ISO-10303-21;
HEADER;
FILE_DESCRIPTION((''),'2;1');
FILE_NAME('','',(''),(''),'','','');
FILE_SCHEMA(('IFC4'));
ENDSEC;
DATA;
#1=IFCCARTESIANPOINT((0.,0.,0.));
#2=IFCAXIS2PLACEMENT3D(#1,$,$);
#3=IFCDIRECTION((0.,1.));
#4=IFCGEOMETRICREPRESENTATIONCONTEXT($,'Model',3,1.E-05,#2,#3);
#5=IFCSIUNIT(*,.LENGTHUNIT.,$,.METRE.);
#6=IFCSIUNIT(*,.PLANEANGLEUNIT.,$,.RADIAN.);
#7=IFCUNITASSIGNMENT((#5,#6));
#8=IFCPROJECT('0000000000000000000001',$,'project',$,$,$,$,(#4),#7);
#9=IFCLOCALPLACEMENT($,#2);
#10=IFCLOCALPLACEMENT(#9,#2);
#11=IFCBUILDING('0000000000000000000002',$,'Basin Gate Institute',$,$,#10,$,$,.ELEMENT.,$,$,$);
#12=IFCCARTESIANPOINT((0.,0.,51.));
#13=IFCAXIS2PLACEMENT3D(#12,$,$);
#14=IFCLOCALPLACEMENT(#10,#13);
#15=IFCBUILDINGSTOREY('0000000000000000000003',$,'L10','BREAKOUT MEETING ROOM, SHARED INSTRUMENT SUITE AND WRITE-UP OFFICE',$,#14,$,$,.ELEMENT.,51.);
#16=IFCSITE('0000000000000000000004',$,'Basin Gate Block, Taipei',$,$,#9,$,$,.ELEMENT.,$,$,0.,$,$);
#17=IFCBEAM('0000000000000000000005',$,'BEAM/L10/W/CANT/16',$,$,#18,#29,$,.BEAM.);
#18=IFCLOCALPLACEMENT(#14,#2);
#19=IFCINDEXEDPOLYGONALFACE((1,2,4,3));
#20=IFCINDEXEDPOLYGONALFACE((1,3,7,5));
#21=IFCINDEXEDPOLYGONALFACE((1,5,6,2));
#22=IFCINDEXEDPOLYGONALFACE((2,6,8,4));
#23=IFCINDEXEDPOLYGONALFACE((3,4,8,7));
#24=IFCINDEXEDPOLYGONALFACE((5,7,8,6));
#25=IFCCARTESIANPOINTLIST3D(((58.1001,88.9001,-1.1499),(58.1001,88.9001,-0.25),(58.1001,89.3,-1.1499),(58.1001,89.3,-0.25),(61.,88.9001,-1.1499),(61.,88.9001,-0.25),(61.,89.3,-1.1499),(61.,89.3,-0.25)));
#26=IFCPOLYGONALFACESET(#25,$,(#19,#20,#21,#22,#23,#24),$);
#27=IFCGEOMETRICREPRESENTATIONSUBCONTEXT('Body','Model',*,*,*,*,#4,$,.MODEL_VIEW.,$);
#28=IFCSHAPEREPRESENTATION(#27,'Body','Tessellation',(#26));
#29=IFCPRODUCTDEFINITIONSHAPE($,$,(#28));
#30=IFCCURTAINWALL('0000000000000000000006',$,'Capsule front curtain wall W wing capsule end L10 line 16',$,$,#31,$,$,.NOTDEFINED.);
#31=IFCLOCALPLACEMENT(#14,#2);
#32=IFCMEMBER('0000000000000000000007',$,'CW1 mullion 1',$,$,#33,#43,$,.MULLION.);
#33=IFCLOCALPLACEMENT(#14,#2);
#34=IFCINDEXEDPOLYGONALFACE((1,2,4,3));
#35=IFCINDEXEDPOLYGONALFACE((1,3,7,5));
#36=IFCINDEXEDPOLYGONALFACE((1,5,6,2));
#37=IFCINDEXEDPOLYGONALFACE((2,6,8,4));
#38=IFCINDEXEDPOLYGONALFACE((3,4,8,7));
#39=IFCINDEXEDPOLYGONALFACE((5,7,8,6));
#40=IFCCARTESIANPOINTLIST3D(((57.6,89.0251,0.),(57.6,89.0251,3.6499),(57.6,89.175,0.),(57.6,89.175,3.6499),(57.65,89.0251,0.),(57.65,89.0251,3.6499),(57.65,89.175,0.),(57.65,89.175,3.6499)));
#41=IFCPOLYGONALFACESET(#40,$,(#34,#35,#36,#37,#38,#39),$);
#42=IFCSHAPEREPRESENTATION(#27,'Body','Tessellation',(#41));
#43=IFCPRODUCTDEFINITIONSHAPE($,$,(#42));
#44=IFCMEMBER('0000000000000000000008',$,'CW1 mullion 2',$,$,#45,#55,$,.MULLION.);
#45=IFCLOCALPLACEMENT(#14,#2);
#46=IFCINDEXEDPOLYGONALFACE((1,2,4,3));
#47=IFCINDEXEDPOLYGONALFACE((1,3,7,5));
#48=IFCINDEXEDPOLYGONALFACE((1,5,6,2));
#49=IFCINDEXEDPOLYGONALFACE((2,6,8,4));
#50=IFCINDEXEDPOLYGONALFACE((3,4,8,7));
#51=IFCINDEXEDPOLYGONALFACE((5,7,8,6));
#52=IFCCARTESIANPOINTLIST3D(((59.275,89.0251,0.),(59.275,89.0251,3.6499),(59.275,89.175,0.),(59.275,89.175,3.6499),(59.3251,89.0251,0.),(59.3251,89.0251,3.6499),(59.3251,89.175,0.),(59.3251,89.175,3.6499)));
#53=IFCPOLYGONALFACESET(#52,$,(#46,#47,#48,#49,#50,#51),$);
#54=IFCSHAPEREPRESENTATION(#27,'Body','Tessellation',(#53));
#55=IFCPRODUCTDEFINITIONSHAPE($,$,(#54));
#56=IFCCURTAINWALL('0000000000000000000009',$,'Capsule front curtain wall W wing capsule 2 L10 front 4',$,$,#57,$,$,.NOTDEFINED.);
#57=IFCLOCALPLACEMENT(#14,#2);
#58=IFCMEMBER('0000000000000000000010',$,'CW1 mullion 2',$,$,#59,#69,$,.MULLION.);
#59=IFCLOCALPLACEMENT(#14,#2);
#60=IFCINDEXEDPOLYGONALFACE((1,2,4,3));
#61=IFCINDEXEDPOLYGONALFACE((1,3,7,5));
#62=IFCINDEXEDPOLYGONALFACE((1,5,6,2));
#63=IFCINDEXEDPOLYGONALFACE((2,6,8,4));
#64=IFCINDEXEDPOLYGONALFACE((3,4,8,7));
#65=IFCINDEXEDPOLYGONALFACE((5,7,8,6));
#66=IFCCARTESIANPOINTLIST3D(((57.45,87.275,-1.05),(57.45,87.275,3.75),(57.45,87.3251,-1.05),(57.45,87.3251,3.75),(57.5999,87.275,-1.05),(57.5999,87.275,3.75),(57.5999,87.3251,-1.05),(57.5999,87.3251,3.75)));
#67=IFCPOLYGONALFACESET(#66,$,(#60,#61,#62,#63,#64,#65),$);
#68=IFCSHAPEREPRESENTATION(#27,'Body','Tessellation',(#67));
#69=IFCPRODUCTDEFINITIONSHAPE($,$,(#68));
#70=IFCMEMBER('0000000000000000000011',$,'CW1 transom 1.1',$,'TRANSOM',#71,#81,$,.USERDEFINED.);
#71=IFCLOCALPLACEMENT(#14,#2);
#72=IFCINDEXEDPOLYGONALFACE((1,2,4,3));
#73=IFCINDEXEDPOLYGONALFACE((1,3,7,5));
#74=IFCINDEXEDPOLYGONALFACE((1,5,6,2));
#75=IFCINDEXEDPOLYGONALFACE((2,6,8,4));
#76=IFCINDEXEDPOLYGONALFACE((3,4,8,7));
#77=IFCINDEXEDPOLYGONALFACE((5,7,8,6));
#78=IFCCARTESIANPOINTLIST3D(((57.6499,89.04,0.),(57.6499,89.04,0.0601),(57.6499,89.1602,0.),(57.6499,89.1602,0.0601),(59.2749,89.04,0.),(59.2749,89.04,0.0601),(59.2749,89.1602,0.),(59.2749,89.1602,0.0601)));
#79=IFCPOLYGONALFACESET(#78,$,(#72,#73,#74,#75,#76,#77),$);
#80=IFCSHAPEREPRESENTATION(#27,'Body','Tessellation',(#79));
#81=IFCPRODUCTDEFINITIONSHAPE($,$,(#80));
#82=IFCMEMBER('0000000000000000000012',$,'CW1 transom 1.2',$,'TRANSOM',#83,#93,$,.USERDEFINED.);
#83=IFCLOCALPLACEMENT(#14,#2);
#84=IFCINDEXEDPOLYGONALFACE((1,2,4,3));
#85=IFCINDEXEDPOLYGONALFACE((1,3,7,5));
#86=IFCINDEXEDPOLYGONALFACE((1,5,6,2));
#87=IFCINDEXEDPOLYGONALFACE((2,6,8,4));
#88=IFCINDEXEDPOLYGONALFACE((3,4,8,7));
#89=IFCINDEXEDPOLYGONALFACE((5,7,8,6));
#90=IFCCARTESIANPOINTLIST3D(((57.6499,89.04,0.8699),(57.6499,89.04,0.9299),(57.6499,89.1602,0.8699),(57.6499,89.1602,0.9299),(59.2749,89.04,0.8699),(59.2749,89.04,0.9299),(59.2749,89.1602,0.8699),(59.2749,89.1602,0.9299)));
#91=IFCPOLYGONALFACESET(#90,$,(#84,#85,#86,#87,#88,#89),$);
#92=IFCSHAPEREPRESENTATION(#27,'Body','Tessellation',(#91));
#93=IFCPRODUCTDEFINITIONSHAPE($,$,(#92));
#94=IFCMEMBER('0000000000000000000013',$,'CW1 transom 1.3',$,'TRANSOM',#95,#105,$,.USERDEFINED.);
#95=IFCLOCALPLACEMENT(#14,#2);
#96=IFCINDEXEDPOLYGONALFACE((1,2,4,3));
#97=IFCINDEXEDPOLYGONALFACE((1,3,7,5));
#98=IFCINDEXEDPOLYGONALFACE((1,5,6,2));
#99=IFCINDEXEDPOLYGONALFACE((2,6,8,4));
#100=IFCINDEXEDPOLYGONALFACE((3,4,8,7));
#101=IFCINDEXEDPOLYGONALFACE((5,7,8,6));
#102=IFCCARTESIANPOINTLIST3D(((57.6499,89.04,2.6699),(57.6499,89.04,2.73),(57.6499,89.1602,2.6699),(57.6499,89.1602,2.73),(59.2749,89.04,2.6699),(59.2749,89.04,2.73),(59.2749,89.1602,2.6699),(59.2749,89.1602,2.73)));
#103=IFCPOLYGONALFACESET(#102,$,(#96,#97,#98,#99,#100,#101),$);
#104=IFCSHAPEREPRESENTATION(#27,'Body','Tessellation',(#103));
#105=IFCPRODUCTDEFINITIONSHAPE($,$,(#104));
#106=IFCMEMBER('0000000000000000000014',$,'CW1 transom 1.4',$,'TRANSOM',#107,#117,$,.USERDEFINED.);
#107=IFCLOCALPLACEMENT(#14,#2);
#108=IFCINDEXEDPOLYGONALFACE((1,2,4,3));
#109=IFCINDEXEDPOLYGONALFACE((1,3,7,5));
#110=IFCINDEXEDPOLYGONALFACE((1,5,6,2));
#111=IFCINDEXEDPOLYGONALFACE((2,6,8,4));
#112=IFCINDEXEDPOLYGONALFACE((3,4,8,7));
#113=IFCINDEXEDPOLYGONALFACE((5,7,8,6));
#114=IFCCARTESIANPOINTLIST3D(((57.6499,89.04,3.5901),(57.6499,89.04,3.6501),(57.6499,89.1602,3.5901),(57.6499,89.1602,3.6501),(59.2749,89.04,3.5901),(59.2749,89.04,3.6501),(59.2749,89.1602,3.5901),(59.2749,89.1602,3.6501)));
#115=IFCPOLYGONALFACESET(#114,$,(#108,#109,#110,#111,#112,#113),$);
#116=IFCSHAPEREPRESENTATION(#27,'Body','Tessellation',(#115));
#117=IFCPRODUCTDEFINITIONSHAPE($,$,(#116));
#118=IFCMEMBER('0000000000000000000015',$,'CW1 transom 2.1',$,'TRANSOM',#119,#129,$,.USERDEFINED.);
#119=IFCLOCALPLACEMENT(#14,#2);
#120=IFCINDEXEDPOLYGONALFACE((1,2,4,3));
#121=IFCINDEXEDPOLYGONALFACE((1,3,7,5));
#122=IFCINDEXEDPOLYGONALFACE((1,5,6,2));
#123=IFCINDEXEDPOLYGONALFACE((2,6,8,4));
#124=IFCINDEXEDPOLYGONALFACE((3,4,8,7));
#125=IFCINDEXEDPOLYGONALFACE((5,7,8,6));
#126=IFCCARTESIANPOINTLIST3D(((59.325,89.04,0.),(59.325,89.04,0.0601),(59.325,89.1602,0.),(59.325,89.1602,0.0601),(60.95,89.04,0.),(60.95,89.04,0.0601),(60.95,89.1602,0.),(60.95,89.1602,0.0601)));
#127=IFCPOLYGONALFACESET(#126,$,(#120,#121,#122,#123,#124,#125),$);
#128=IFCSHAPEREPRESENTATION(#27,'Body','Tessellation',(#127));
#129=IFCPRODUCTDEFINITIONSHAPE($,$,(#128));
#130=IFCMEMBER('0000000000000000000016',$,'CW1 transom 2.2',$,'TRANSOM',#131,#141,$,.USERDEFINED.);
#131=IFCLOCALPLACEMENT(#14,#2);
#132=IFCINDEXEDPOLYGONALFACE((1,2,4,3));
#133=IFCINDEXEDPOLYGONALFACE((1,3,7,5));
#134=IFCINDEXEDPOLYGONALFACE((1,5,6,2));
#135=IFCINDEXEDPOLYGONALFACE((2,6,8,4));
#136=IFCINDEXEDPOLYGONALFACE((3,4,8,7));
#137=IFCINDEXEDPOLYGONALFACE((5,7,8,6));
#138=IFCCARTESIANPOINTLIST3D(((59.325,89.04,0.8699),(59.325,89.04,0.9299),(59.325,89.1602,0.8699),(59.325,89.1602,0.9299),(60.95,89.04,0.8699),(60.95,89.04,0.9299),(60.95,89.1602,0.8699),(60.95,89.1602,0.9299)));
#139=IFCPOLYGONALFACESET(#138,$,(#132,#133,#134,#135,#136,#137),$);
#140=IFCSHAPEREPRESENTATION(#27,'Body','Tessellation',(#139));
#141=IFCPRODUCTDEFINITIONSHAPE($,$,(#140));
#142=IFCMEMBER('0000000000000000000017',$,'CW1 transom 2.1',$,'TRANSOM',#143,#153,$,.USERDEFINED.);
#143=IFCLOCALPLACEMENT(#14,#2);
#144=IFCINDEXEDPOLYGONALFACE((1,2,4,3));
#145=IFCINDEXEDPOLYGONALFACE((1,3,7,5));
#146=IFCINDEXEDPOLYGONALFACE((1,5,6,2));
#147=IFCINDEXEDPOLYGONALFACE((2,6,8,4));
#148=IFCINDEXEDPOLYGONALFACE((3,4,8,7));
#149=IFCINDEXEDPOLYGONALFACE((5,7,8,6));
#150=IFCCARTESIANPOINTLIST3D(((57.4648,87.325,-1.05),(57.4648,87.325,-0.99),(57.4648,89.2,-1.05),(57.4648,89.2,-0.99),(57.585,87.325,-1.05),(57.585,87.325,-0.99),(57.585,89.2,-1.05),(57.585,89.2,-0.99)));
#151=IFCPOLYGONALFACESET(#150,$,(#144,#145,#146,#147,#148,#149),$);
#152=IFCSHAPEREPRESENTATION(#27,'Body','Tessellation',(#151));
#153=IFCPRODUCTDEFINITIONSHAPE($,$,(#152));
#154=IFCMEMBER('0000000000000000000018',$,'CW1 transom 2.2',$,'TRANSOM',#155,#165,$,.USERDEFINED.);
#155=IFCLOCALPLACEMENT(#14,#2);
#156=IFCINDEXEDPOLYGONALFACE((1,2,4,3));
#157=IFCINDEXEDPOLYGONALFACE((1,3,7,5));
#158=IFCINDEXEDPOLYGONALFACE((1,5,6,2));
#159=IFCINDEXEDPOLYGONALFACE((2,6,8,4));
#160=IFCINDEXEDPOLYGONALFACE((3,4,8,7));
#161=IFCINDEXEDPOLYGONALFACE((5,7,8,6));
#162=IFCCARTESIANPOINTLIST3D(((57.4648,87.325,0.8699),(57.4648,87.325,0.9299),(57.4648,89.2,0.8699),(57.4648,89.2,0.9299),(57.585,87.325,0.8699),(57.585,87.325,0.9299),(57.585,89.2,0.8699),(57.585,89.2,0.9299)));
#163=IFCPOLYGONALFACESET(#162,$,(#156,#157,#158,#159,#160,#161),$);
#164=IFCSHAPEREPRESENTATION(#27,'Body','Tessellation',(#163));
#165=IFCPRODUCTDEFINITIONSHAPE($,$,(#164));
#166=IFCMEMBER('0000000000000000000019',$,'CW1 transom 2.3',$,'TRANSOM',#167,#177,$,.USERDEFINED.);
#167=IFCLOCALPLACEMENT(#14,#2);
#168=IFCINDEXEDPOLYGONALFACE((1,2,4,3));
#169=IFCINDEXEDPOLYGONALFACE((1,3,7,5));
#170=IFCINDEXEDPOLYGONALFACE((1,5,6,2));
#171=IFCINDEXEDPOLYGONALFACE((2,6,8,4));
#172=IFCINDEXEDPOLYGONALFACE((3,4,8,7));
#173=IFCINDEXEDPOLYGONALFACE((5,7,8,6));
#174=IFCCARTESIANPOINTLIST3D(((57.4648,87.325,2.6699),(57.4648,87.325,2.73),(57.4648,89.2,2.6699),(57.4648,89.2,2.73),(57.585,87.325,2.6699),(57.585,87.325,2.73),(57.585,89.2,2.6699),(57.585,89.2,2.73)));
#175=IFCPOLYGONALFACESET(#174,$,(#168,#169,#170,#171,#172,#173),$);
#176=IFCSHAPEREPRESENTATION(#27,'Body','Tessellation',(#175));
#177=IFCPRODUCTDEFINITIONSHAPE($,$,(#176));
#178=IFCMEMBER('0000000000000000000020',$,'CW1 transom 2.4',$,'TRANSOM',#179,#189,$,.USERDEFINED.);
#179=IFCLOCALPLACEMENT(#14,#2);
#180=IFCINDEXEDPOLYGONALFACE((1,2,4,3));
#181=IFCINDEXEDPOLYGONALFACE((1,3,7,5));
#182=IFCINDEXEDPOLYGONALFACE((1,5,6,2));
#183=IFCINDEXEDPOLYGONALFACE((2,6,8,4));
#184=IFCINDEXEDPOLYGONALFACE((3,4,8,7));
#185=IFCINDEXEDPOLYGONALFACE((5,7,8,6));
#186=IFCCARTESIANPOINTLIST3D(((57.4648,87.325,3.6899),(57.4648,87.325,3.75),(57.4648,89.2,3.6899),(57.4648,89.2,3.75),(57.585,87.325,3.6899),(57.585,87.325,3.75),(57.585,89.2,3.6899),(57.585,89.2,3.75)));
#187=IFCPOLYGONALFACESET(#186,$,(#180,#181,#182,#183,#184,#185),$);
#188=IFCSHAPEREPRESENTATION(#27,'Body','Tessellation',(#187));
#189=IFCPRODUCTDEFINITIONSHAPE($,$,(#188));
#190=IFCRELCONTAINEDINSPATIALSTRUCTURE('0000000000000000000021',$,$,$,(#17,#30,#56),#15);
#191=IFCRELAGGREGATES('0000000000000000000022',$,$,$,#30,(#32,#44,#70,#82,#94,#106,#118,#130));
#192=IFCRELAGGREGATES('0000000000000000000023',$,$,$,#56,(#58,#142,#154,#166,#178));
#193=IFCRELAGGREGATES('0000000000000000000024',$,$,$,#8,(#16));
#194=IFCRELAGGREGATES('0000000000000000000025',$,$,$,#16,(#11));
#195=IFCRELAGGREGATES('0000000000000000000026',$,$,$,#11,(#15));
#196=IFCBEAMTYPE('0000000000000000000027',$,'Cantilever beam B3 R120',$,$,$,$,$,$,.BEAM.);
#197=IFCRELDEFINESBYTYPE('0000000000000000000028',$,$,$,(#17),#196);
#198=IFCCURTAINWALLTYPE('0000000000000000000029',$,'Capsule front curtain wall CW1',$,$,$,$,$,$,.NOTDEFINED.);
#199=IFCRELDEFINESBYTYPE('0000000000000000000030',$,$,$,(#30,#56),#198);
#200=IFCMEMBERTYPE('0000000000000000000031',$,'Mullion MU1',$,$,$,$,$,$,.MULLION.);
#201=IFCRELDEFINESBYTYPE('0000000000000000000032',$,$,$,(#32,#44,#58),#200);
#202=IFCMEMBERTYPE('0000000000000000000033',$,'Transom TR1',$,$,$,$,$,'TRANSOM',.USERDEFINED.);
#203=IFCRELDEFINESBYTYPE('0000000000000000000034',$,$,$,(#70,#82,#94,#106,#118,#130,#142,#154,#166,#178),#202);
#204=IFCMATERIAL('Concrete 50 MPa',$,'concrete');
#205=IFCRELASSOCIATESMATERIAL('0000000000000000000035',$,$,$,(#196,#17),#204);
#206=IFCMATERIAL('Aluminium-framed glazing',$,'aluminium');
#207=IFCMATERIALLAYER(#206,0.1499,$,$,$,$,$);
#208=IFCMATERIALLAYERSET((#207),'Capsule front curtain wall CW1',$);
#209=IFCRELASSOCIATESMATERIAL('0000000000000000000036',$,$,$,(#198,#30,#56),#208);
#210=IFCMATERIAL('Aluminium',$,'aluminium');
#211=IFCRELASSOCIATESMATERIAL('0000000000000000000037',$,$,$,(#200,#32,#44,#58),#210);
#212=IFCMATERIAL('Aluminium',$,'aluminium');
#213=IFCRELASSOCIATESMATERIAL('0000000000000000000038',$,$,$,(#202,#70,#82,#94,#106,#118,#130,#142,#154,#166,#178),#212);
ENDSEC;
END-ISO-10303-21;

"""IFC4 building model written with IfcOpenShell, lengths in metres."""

from ifc_helpers import new_model, si_unit, direction, frame, origin, origin_2d, place, context, subcontext, project, spatial, rectangle, extrude, material, layer, layer_set, material_profile, profile_set, type_object, element, aggregate, save


model = new_model("IFC4")

# Units and contexts
model_context = context("Model", 3, precision=1e-05, world=origin(), true_north=direction((0.0, 1.0)))
body_context = subcontext(model_context, "Body", "Model", "MODEL_VIEW")
ifc_project = project(units=[si_unit("LENGTHUNIT", "METRE"), si_unit("PLANEANGLEUNIT", "RADIAN")], contexts=[model_context])

# Site, building, storey
site_placement = place(None, origin())
site = spatial("IfcSite", under=ifc_project, at=site_placement, Name="Basin Gate Block, Taipei", CompositionType="ELEMENT", RefElevation=0.0)
building_placement = place(site_placement, origin())
building = spatial("IfcBuilding", under=site, at=building_placement, Name="Basin Gate Institute", CompositionType="ELEMENT")
storey_placement = place(building_placement, frame((0.0, 0.0, 51.0)))
storey = spatial("IfcBuildingStorey", under=building, at=storey_placement, Name="L10", Description="BREAKOUT MEETING ROOM, SHARED INSTRUMENT SUITE AND WRITE-UP OFFICE", CompositionType="ELEMENT", Elevation=51.0)

# Beam
ifc_material_1 = material(Name="Concrete 50 MPa", Category="concrete")
ifc_material_profile_1 = material_profile(ifc_material_1, rectangle(XDim=0.3999, YDim=0.8999, at=origin_2d()), Name="Cantilever beam B3 400 x 900")
ifc_profile_set_1 = profile_set([ifc_material_profile_1], Name="Concrete 50 MPa")
beam_type = type_object("IfcBeamType", Name="Cantilever beam B3 R120", PredefinedType="BEAM", material=ifc_profile_set_1)
beam_placement = place(storey_placement, frame((58.1001, 89.1001, -0.7), z_axis=(1.0, 0.0, 0.0), x_axis=(0.0, 1.0, 0.0)))
element("IfcBeam", 1, at=beam_placement, inside=storey, type_object=beam_type, material=ifc_profile_set_1, Name="BEAM/L10/W/CANT/16", PredefinedType="BEAM", context=body_context, shape_type="SweptSolid", body=[
    extrude(rectangle(XDim=0.3999, YDim=0.8999, at=origin_2d()), origin(), (0.0, 0.0, 1.0), 2.8999),
])

# Curtain wall, members
ifc_material_2 = material(Name="Aluminium-framed glazing", Category="aluminium")
ifc_layer_1 = layer(ifc_material_2, 0.1499)
ifc_layer_set_1 = layer_set([ifc_layer_1], Name="Capsule front curtain wall CW1")
curtain_wall_type = type_object("IfcCurtainWallType", Name="Capsule front curtain wall CW1", PredefinedType="NOTDEFINED", material=ifc_layer_set_1)
curtain_wall_1_placement = place(storey_placement, origin())
curtain_wall_1 = element("IfcCurtainWall", 2, at=curtain_wall_1_placement, inside=storey, type_object=curtain_wall_type, material=ifc_layer_set_1, Name="Capsule front curtain wall W wing capsule end L10 line 16", PredefinedType="NOTDEFINED")
ifc_material_3 = material(Name="Aluminium", Category="aluminium")
ifc_material_profile_2 = material_profile(ifc_material_3, rectangle(XDim=0.1499, YDim=0.05, at=origin_2d()), Name="Mullion MU1 150 x 50")
ifc_profile_set_2 = profile_set([ifc_material_profile_2], Name="Aluminium")
member_type_1 = type_object("IfcMemberType", Name="Mullion MU1", PredefinedType="MULLION", material=ifc_profile_set_2)
member_1_placement = place(storey_placement, frame((57.625, 89.1001, 0.0), z_axis=(0.0, 0.0, 1.0), x_axis=(0.0, 1.0, 0.0)))
member_1 = element("IfcMember", 3, at=member_1_placement, type_object=member_type_1, material=ifc_profile_set_2, Name="CW1 mullion 1", PredefinedType="MULLION", context=body_context, shape_type="SweptSolid", body=[
    extrude(rectangle(XDim=0.1499, YDim=0.05, at=origin_2d()), origin(), (0.0, 0.0, 1.0), 3.6499),
])
member_2_placement = place(storey_placement, frame((59.3, 89.1001, 0.0), z_axis=(0.0, 0.0, 1.0), x_axis=(0.0, 1.0, 0.0)))
member_2 = element("IfcMember", 4, at=member_2_placement, type_object=member_type_1, material=ifc_profile_set_2, Name="CW1 mullion 2", PredefinedType="MULLION", context=body_context, shape_type="SweptSolid", body=[
    extrude(rectangle(XDim=0.1499, YDim=0.05, at=origin_2d()), origin(), (0.0, 0.0, 1.0), 3.6499),
])

# Curtain wall, member
curtain_wall_2_placement = place(storey_placement, origin())
curtain_wall_2 = element("IfcCurtainWall", 5, at=curtain_wall_2_placement, inside=storey, type_object=curtain_wall_type, material=ifc_layer_set_1, Name="Capsule front curtain wall W wing capsule 2 L10 front 4", PredefinedType="NOTDEFINED")
member_3_placement = place(storey_placement, frame((57.5249, 87.3, -1.05), z_axis=(0.0, 0.0, 1.0), x_axis=(-1.0, 0.0, 0.0)))
member_3 = element("IfcMember", 6, at=member_3_placement, type_object=member_type_1, material=ifc_profile_set_2, Name="CW1 mullion 2", PredefinedType="MULLION", context=body_context, shape_type="SweptSolid", body=[
    extrude(rectangle(XDim=0.1499, YDim=0.05, at=origin_2d()), origin(), (0.0, 0.0, 1.0), 4.8),
])

# Members
ifc_material_4 = material(Name="Aluminium", Category="aluminium")
ifc_material_profile_3 = material_profile(ifc_material_4, rectangle(XDim=0.1201, YDim=0.0601, at=origin_2d()), Name="Transom TR1 120 x 60")
ifc_profile_set_3 = profile_set([ifc_material_profile_3], Name="Aluminium")
member_type_2 = type_object("IfcMemberType", Name="Transom TR1", ElementType="TRANSOM", PredefinedType="USERDEFINED", material=ifc_profile_set_3)
member_4_placement = place(storey_placement, frame((57.6499, 89.1001, 0.03), z_axis=(1.0, 0.0, 0.0), x_axis=(0.0, 1.0, 0.0)))
member_4 = element("IfcMember", 7, at=member_4_placement, type_object=member_type_2, material=ifc_profile_set_3, Name="CW1 transom 1.1", ObjectType="TRANSOM", PredefinedType="USERDEFINED", context=body_context, shape_type="SweptSolid", body=[
    extrude(rectangle(XDim=0.1201, YDim=0.0601, at=origin_2d()), origin(), (0.0, 0.0, 1.0), 1.625),
])
member_5_placement = place(storey_placement, frame((57.6499, 89.1001, 0.8999), z_axis=(1.0, 0.0, 0.0), x_axis=(0.0, 1.0, 0.0)))
member_5 = element("IfcMember", 8, at=member_5_placement, type_object=member_type_2, material=ifc_profile_set_3, Name="CW1 transom 1.2", ObjectType="TRANSOM", PredefinedType="USERDEFINED", context=body_context, shape_type="SweptSolid", body=[
    extrude(rectangle(XDim=0.1201, YDim=0.0601, at=origin_2d()), origin(), (0.0, 0.0, 1.0), 1.625),
])
member_6_placement = place(storey_placement, frame((57.6499, 89.1001, 2.7), z_axis=(1.0, 0.0, 0.0), x_axis=(0.0, 1.0, 0.0)))
member_6 = element("IfcMember", 9, at=member_6_placement, type_object=member_type_2, material=ifc_profile_set_3, Name="CW1 transom 1.3", ObjectType="TRANSOM", PredefinedType="USERDEFINED", context=body_context, shape_type="SweptSolid", body=[
    extrude(rectangle(XDim=0.1201, YDim=0.0601, at=origin_2d()), origin(), (0.0, 0.0, 1.0), 1.625),
])
member_7_placement = place(storey_placement, frame((57.6499, 89.1001, 3.6201), z_axis=(1.0, 0.0, 0.0), x_axis=(0.0, 1.0, 0.0)))
member_7 = element("IfcMember", 10, at=member_7_placement, type_object=member_type_2, material=ifc_profile_set_3, Name="CW1 transom 1.4", ObjectType="TRANSOM", PredefinedType="USERDEFINED", context=body_context, shape_type="SweptSolid", body=[
    extrude(rectangle(XDim=0.1201, YDim=0.0601, at=origin_2d()), origin(), (0.0, 0.0, 1.0), 1.625),
])
member_8_placement = place(storey_placement, frame((59.325, 89.1001, 0.03), z_axis=(1.0, 0.0, 0.0), x_axis=(0.0, 1.0, 0.0)))
member_8 = element("IfcMember", 11, at=member_8_placement, type_object=member_type_2, material=ifc_profile_set_3, Name="CW1 transom 2.1", ObjectType="TRANSOM", PredefinedType="USERDEFINED", context=body_context, shape_type="SweptSolid", body=[
    extrude(rectangle(XDim=0.1201, YDim=0.0601, at=origin_2d()), origin(), (0.0, 0.0, 1.0), 1.625),
])
member_9_placement = place(storey_placement, frame((59.325, 89.1001, 0.8999), z_axis=(1.0, 0.0, 0.0), x_axis=(0.0, 1.0, 0.0)))
member_9 = element("IfcMember", 12, at=member_9_placement, type_object=member_type_2, material=ifc_profile_set_3, Name="CW1 transom 2.2", ObjectType="TRANSOM", PredefinedType="USERDEFINED", context=body_context, shape_type="SweptSolid", body=[
    extrude(rectangle(XDim=0.1201, YDim=0.0601, at=origin_2d()), origin(), (0.0, 0.0, 1.0), 1.625),
])
member_10_placement = place(storey_placement, frame((57.5249, 87.325, -1.02), z_axis=(0.0, 1.0, 0.0), x_axis=(-1.0, 0.0, 0.0)))
member_10 = element("IfcMember", 13, at=member_10_placement, type_object=member_type_2, material=ifc_profile_set_3, Name="CW1 transom 2.1", ObjectType="TRANSOM", PredefinedType="USERDEFINED", context=body_context, shape_type="SweptSolid", body=[
    extrude(rectangle(XDim=0.1201, YDim=0.0601, at=origin_2d()), origin(), (0.0, 0.0, 1.0), 1.875),
])
member_11_placement = place(storey_placement, frame((57.5249, 87.325, 0.8999), z_axis=(0.0, 1.0, 0.0), x_axis=(-1.0, 0.0, 0.0)))
member_11 = element("IfcMember", 14, at=member_11_placement, type_object=member_type_2, material=ifc_profile_set_3, Name="CW1 transom 2.2", ObjectType="TRANSOM", PredefinedType="USERDEFINED", context=body_context, shape_type="SweptSolid", body=[
    extrude(rectangle(XDim=0.1201, YDim=0.0601, at=origin_2d()), origin(), (0.0, 0.0, 1.0), 1.875),
])
member_12_placement = place(storey_placement, frame((57.5249, 87.325, 2.7), z_axis=(0.0, 1.0, 0.0), x_axis=(-1.0, 0.0, 0.0)))
member_12 = element("IfcMember", 15, at=member_12_placement, type_object=member_type_2, material=ifc_profile_set_3, Name="CW1 transom 2.3", ObjectType="TRANSOM", PredefinedType="USERDEFINED", context=body_context, shape_type="SweptSolid", body=[
    extrude(rectangle(XDim=0.1201, YDim=0.0601, at=origin_2d()), origin(), (0.0, 0.0, 1.0), 1.875),
])
member_13_placement = place(storey_placement, frame((57.5249, 87.325, 3.72), z_axis=(0.0, 1.0, 0.0), x_axis=(-1.0, 0.0, 0.0)))
member_13 = element("IfcMember", 16, at=member_13_placement, type_object=member_type_2, material=ifc_profile_set_3, Name="CW1 transom 2.4", ObjectType="TRANSOM", PredefinedType="USERDEFINED", context=body_context, shape_type="SweptSolid", body=[
    extrude(rectangle(XDim=0.1201, YDim=0.0601, at=origin_2d()), origin(), (0.0, 0.0, 1.0), 1.875),
])

aggregate(curtain_wall_1, [member_1, member_2, member_4, member_5, member_6, member_7, member_8, member_9])
aggregate(curtain_wall_2, [member_3, member_10, member_11, member_12, member_13])

save(model, "model.ifc")
